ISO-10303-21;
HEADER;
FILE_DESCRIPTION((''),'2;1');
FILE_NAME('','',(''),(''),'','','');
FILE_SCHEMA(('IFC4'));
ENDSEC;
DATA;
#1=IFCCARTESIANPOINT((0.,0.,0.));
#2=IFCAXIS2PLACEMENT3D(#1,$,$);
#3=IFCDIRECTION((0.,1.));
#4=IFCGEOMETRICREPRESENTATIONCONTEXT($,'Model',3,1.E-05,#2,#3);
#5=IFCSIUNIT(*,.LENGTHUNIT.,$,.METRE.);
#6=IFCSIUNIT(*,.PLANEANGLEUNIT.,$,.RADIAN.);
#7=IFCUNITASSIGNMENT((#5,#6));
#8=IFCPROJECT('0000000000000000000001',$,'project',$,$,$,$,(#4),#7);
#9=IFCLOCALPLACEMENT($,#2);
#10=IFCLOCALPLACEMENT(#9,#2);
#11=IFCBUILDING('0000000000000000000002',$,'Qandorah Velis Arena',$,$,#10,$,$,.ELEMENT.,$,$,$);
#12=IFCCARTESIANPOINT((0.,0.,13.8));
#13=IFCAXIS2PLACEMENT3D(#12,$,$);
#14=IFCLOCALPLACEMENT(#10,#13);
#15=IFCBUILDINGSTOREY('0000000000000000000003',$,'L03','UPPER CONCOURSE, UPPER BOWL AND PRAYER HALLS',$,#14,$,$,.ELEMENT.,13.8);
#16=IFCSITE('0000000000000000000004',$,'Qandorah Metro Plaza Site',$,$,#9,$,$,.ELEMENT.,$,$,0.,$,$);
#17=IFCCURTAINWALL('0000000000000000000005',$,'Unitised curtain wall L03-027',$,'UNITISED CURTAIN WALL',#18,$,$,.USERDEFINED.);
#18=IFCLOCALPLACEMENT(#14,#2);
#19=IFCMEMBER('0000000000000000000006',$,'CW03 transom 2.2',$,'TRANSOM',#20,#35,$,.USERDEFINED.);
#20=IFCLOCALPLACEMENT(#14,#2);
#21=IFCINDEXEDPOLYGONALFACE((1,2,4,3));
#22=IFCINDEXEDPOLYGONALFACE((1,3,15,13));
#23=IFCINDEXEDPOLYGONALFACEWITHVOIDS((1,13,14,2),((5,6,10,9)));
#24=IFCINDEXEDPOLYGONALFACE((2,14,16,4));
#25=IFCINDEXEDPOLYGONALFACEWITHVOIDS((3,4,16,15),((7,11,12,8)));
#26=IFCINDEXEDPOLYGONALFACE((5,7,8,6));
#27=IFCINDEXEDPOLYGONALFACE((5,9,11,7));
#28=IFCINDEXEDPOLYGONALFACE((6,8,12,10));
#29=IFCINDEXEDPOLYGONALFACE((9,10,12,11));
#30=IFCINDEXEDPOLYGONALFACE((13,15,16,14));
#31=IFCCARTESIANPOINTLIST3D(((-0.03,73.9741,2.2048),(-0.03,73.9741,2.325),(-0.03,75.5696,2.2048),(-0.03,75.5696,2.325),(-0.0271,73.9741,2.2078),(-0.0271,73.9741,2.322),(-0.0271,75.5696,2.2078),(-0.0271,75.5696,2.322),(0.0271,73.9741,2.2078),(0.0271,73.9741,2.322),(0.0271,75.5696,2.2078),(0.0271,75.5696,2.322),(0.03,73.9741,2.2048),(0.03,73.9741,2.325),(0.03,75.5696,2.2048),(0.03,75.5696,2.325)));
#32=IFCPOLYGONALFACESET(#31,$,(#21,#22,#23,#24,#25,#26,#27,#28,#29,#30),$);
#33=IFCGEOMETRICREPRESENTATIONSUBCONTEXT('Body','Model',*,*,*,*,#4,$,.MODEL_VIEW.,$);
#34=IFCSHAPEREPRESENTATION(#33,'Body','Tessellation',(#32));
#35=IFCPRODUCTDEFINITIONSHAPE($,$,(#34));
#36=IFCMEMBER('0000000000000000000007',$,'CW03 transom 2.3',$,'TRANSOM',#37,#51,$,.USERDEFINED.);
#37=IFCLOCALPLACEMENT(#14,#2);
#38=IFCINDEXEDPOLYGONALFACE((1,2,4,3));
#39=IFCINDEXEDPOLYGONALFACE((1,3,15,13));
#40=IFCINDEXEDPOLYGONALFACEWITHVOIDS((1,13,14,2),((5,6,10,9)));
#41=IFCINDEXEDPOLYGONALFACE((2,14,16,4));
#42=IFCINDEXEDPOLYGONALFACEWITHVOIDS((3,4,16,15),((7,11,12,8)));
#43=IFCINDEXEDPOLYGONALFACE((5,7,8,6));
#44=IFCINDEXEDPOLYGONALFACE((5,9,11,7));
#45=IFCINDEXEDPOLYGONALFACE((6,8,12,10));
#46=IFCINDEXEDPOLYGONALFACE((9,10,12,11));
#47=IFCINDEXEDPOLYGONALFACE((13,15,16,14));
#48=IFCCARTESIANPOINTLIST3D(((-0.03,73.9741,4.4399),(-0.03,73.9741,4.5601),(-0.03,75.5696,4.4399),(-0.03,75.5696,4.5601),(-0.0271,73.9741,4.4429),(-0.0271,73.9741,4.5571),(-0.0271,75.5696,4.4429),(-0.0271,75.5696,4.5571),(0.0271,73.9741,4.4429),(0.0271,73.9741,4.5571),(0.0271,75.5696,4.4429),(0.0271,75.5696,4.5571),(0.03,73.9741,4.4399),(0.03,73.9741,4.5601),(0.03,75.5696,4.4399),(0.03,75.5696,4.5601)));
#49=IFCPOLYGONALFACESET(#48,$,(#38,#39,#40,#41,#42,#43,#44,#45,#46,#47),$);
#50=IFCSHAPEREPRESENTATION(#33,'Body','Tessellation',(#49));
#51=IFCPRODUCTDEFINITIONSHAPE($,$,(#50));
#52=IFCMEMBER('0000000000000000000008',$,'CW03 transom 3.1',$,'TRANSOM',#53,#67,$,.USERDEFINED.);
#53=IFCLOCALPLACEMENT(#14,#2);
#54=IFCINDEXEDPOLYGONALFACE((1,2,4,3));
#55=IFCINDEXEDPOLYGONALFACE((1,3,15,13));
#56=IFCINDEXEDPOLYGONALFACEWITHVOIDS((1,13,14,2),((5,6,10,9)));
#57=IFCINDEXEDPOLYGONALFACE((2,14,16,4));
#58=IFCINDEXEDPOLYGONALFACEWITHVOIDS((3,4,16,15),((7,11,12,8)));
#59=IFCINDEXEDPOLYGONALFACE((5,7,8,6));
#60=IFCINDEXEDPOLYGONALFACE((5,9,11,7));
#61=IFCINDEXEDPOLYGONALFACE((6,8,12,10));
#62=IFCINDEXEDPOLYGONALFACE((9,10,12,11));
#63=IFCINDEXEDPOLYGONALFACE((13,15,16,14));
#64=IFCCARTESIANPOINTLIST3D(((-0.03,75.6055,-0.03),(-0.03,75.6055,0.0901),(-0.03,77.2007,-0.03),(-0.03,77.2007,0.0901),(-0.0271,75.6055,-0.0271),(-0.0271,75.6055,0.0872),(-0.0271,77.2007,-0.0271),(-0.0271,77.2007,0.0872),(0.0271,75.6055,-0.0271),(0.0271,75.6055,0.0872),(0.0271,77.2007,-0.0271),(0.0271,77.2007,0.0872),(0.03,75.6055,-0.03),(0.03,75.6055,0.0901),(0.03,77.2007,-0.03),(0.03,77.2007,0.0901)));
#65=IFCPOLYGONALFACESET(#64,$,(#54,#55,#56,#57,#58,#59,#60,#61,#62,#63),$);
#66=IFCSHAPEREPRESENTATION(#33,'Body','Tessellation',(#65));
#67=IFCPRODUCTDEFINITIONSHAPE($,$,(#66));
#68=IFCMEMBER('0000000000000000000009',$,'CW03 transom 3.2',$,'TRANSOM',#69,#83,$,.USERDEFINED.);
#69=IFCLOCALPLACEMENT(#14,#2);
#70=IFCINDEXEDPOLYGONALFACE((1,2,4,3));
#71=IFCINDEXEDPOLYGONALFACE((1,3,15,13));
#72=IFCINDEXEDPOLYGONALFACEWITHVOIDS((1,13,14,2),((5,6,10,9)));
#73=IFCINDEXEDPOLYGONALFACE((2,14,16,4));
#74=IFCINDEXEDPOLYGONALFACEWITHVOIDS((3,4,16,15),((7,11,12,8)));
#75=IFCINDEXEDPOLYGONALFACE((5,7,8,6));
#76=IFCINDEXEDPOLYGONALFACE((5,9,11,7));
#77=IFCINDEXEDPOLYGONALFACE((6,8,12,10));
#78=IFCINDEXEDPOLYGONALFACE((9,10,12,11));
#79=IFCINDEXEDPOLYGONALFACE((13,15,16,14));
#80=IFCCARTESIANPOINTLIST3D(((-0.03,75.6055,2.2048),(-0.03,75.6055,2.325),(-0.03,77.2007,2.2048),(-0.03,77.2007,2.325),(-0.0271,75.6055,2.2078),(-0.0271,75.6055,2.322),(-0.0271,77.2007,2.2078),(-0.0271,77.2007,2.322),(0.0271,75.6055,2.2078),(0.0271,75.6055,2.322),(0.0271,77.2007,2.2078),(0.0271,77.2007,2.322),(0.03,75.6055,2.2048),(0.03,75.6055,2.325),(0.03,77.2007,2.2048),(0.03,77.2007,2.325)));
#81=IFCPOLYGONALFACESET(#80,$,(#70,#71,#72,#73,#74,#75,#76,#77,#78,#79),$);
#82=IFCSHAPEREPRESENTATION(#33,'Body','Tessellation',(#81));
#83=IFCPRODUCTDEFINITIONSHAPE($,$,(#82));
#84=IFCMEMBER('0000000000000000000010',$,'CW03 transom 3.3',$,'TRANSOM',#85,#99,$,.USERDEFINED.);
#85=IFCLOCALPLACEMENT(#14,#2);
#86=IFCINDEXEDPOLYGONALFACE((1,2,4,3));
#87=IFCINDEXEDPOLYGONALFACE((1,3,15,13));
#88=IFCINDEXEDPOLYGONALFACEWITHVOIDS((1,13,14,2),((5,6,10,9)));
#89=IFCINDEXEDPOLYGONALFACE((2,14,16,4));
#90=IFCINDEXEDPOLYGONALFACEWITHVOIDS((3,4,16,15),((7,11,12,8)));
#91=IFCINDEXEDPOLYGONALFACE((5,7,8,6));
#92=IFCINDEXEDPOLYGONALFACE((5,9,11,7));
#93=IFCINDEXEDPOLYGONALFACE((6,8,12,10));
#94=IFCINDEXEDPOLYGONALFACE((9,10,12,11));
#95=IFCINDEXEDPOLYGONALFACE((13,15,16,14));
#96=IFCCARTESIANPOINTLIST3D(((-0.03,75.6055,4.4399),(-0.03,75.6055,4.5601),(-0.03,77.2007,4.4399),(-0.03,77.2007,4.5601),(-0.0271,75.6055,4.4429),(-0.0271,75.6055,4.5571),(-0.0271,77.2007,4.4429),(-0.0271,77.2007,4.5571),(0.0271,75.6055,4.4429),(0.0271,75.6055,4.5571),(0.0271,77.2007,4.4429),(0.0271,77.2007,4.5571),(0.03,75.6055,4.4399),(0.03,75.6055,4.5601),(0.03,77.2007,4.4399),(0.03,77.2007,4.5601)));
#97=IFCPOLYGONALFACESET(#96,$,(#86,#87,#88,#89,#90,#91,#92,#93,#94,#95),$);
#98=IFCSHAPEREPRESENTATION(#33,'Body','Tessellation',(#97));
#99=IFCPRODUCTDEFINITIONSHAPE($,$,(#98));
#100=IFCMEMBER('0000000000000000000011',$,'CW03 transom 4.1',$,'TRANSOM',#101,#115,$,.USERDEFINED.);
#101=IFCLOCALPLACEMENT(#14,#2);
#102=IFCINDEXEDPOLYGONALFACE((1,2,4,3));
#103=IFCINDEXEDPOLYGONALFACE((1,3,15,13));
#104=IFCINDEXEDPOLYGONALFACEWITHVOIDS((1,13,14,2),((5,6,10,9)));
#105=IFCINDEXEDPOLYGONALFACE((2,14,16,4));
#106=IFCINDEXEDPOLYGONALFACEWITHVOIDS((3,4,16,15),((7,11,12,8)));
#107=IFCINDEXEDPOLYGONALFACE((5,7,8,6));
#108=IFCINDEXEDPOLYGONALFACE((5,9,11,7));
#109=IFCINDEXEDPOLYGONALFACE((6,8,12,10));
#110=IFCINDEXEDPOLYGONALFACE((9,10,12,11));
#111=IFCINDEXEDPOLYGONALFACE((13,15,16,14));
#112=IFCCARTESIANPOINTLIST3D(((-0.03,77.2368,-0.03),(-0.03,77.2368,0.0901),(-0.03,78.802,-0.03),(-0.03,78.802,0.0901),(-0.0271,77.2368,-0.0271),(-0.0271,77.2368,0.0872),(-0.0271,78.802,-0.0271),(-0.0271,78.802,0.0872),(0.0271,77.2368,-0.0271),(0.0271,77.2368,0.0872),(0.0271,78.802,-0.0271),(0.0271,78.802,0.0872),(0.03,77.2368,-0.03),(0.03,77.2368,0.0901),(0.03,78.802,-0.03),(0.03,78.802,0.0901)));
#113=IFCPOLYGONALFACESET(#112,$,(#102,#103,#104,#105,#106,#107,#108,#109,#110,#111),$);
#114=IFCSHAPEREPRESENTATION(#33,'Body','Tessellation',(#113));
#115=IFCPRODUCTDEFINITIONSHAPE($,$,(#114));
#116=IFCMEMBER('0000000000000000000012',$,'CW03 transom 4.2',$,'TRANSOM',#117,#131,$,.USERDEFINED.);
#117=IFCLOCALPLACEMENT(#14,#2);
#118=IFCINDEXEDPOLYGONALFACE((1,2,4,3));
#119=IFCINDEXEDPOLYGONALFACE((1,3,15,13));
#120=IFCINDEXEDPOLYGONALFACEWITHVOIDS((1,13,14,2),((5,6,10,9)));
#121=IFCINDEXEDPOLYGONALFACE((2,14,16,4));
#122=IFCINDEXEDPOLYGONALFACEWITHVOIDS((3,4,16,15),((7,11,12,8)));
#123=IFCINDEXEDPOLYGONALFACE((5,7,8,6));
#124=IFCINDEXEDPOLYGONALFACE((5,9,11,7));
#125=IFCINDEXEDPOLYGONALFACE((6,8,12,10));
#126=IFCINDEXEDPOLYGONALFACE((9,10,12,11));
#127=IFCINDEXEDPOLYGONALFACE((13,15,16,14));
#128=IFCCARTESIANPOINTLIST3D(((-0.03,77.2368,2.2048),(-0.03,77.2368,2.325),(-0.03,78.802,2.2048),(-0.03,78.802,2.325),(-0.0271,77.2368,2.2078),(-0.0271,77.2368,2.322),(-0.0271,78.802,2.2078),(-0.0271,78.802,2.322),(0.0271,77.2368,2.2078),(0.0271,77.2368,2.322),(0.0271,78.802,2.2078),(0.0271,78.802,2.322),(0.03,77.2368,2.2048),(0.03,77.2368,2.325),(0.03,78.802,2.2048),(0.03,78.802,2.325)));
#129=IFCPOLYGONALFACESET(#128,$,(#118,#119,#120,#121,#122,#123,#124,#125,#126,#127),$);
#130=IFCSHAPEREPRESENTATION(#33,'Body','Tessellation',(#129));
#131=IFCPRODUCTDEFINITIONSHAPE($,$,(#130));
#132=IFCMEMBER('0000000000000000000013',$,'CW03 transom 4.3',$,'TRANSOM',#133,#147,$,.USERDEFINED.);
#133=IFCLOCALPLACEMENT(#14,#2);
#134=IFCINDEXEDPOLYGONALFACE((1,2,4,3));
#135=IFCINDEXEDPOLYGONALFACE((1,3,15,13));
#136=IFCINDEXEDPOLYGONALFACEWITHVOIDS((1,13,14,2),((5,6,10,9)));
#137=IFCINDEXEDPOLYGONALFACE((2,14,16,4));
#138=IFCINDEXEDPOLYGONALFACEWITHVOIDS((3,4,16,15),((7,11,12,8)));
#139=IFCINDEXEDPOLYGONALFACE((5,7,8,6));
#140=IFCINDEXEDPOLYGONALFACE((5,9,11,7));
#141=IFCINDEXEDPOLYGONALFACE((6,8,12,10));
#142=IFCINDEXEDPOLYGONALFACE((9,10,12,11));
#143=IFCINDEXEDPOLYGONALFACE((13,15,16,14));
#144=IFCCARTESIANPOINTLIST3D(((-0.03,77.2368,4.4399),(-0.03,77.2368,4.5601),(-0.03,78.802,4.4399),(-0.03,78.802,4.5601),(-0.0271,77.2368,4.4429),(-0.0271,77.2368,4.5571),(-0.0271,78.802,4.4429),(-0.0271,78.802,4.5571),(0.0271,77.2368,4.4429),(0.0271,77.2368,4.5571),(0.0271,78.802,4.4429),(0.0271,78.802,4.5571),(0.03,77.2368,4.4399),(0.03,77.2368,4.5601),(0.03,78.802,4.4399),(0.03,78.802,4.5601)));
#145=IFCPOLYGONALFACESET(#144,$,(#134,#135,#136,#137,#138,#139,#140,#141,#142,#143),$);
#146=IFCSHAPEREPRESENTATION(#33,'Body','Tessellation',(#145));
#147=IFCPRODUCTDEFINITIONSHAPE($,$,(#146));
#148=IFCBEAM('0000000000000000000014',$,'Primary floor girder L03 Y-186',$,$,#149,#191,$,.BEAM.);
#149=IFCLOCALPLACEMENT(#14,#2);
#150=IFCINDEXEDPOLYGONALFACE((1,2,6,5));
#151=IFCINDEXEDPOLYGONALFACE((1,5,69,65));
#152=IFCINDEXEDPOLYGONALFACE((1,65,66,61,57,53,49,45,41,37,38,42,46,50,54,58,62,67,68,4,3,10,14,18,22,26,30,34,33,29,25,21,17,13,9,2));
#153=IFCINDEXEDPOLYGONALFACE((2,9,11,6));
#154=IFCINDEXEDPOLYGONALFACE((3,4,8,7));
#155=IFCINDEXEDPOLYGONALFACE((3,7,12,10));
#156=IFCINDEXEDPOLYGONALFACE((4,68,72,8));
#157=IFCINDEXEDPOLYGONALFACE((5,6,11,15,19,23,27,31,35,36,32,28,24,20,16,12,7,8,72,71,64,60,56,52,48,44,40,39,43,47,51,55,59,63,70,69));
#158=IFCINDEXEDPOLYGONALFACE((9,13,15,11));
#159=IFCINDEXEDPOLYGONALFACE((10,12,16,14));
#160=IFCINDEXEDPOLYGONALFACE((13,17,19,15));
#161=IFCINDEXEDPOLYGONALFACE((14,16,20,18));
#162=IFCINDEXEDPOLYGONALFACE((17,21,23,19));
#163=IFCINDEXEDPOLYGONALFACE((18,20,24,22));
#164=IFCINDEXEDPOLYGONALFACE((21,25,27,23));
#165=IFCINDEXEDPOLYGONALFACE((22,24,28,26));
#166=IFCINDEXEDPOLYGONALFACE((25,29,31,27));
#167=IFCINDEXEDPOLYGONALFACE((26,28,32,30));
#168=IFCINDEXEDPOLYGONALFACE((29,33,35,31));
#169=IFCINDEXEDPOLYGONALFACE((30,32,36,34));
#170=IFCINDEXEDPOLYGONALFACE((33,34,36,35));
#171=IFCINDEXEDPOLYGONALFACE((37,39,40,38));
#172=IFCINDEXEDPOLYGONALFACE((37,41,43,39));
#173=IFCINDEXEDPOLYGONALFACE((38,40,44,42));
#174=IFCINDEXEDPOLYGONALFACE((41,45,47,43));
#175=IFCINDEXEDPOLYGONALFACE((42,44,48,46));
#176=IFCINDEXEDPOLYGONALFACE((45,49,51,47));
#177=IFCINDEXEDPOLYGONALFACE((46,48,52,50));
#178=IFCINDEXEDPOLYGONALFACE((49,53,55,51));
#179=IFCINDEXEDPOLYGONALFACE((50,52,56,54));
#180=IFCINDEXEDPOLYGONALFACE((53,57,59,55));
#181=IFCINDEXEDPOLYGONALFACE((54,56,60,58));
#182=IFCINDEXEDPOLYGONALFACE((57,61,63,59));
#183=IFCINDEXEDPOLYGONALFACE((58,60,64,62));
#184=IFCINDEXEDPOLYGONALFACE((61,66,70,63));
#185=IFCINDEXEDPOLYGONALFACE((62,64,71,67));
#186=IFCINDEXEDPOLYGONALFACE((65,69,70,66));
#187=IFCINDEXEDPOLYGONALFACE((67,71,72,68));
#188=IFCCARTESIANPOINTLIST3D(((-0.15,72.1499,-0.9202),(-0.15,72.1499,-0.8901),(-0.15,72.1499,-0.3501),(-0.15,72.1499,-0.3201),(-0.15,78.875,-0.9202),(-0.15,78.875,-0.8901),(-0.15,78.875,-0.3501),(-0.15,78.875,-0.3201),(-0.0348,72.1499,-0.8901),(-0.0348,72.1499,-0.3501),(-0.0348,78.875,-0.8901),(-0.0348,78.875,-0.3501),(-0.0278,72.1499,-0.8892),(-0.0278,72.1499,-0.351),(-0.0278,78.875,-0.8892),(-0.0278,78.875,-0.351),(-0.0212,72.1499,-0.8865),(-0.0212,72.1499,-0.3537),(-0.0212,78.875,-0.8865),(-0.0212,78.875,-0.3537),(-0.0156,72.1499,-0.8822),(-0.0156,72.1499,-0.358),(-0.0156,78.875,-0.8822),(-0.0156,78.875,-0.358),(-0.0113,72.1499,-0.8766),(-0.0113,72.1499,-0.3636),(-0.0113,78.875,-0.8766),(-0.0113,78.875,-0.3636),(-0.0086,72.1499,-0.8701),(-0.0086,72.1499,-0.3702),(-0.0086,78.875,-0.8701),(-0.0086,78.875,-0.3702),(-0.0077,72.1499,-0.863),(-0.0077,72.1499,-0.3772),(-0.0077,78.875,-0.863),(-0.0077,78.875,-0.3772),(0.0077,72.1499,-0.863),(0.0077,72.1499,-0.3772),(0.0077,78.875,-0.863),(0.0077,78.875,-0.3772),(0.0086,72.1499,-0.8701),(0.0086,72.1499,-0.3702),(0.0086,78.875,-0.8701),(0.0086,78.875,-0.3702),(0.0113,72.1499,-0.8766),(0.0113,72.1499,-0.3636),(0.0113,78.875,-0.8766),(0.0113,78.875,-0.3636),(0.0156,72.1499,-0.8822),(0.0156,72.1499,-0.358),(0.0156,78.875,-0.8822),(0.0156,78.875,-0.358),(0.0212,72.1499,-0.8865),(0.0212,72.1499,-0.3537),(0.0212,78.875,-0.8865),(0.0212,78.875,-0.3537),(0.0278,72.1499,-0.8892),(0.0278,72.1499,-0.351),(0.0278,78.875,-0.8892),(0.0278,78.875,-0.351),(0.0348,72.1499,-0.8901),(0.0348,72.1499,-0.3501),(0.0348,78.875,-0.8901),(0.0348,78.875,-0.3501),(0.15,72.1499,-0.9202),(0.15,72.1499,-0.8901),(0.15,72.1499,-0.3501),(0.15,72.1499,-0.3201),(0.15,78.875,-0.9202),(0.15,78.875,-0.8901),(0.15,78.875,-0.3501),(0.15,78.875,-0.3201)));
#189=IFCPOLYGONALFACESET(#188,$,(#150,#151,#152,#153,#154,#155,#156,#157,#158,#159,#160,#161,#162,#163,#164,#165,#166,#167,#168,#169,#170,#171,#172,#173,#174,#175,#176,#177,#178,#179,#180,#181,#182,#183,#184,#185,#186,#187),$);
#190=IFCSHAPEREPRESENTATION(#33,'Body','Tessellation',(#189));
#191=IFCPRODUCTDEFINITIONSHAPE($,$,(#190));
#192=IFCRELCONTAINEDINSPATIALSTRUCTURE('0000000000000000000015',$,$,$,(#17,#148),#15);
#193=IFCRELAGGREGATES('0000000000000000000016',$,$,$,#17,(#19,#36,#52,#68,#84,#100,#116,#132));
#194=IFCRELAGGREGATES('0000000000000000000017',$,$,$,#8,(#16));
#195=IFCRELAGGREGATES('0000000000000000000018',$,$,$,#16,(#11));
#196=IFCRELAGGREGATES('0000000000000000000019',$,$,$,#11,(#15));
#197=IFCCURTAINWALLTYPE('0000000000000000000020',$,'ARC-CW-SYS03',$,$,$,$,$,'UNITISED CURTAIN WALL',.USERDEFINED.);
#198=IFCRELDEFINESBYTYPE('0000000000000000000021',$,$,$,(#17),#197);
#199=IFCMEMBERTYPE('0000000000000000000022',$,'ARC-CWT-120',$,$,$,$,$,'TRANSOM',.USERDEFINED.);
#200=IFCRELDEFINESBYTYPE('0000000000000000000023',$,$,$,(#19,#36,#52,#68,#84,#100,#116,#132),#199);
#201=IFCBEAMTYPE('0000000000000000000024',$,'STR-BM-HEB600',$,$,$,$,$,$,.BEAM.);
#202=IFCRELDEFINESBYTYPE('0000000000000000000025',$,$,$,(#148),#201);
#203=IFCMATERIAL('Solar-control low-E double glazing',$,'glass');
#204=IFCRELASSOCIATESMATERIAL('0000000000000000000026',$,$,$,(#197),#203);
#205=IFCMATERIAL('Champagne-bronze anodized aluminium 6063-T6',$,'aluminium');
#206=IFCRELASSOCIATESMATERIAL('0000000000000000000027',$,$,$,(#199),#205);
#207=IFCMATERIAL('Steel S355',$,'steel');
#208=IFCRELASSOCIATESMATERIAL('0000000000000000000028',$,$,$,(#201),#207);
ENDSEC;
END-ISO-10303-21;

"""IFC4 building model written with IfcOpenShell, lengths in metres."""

from ifc_helpers import new_model, si_unit, direction, frame, origin, origin_2d, place, context, subcontext, project, spatial, hollow_rectangle, i_section, extrude, material, material_profile, profile_set, type_object, element, aggregate, save


model = new_model("IFC4")

# Units and contexts
model_context = context("Model", 3, precision=1e-05, world=origin(), true_north=direction((0.0, 1.0)))
body_context = subcontext(model_context, "Body", "Model", "MODEL_VIEW")
ifc_project = project(units=[si_unit("LENGTHUNIT", "METRE"), si_unit("PLANEANGLEUNIT", "RADIAN")], contexts=[model_context])

# Site, building, storey
site_placement = place(None, origin())
site = spatial("IfcSite", under=ifc_project, at=site_placement, Name="Qandorah Metro Plaza Site", CompositionType="ELEMENT", RefElevation=0.0)
building_placement = place(site_placement, origin())
building = spatial("IfcBuilding", under=site, at=building_placement, Name="Qandorah Velis Arena", CompositionType="ELEMENT")
storey_placement = place(building_placement, frame((0.0, 0.0, 13.8)))
storey = spatial("IfcBuildingStorey", under=building, at=storey_placement, Name="L03", Description="UPPER CONCOURSE, UPPER BOWL AND PRAYER HALLS", CompositionType="ELEMENT", Elevation=13.8)

# Curtain wall, members
ifc_material_1 = material(Name="Solar-control low-E double glazing", Category="glass")
curtain_wall_type = type_object("IfcCurtainWallType", Name="ARC-CW-SYS03", ElementType="UNITISED CURTAIN WALL", PredefinedType="USERDEFINED", material=ifc_material_1)
curtain_wall_placement = place(storey_placement, origin())
curtain_wall = element("IfcCurtainWall", 1, at=curtain_wall_placement, inside=storey, type_object=curtain_wall_type, Name="Unitised curtain wall L03-027", ObjectType="UNITISED CURTAIN WALL", PredefinedType="USERDEFINED")
ifc_material_2 = material(Name="Champagne-bronze anodized aluminium 6063-T6", Category="aluminium")
ifc_material_profile_1 = material_profile(ifc_material_2, hollow_rectangle(XDim=0.0601, YDim=0.1201, WallThickness=0.0029, at=origin_2d()), Name="ALU TRANSOM 60x120")
ifc_profile_set_1 = profile_set([ifc_material_profile_1], Name="Champagne-bronze anodized aluminium 6063-T6")
member_type_1 = type_object("IfcMemberType", Name="ARC-CWT-120", ElementType="TRANSOM", PredefinedType="USERDEFINED", material=ifc_profile_set_1)
member_1_placement = place(storey_placement, frame((0.0, 73.9741, 2.2649), z_axis=(0.0, 1.0, 0.0), x_axis=(-1.0, 0.0, 0.0)))
member_1 = element("IfcMember", 2, at=member_1_placement, type_object=member_type_1, Name="CW03 transom 2.2", ObjectType="TRANSOM", PredefinedType="USERDEFINED", context=body_context, shape_type="SweptSolid", body=[
    extrude(hollow_rectangle(XDim=0.0601, YDim=0.1201, WallThickness=0.0029, at=origin_2d()), origin(), (0.0, 0.0, 1.0), 1.5955),
])
member_2_placement = place(storey_placement, frame((0.0, 73.9741, 4.5), z_axis=(0.0, 1.0, 0.0), x_axis=(-1.0, 0.0, 0.0)))
member_2 = element("IfcMember", 3, at=member_2_placement, type_object=member_type_1, Name="CW03 transom 2.3", ObjectType="TRANSOM", PredefinedType="USERDEFINED", context=body_context, shape_type="SweptSolid", body=[
    extrude(hollow_rectangle(XDim=0.0601, YDim=0.1201, WallThickness=0.0029, at=origin_2d()), origin(), (0.0, 0.0, 1.0), 1.5955),
])
member_3_placement = place(storey_placement, frame((0.0, 75.6055, 0.03), z_axis=(0.0, 1.0, 0.0), x_axis=(-1.0, 0.0, 0.0)))
member_3 = element("IfcMember", 4, at=member_3_placement, type_object=member_type_1, Name="CW03 transom 3.1", ObjectType="TRANSOM", PredefinedType="USERDEFINED", context=body_context, shape_type="SweptSolid", body=[
    extrude(hollow_rectangle(XDim=0.0601, YDim=0.1201, WallThickness=0.0029, at=origin_2d()), origin(), (0.0, 0.0, 1.0), 1.5952),
])
member_4_placement = place(storey_placement, frame((0.0, 75.6055, 2.2649), z_axis=(0.0, 1.0, 0.0), x_axis=(-1.0, 0.0, 0.0)))
member_4 = element("IfcMember", 5, at=member_4_placement, type_object=member_type_1, Name="CW03 transom 3.2", ObjectType="TRANSOM", PredefinedType="USERDEFINED", context=body_context, shape_type="SweptSolid", body=[
    extrude(hollow_rectangle(XDim=0.0601, YDim=0.1201, WallThickness=0.0029, at=origin_2d()), origin(), (0.0, 0.0, 1.0), 1.5952),
])
member_5_placement = place(storey_placement, frame((0.0, 75.6055, 4.5), z_axis=(0.0, 1.0, 0.0), x_axis=(-1.0, 0.0, 0.0)))
member_5 = element("IfcMember", 6, at=member_5_placement, type_object=member_type_1, Name="CW03 transom 3.3", ObjectType="TRANSOM", PredefinedType="USERDEFINED", context=body_context, shape_type="SweptSolid", body=[
    extrude(hollow_rectangle(XDim=0.0601, YDim=0.1201, WallThickness=0.0029, at=origin_2d()), origin(), (0.0, 0.0, 1.0), 1.5952),
])
member_6_placement = place(storey_placement, frame((0.0, 77.2368, 0.03), z_axis=(0.0, 1.0, 0.0), x_axis=(-1.0, 0.0, 0.0)))
member_6 = element("IfcMember", 7, at=member_6_placement, type_object=member_type_1, Name="CW03 transom 4.1", ObjectType="TRANSOM", PredefinedType="USERDEFINED", context=body_context, shape_type="SweptSolid", body=[
    extrude(hollow_rectangle(XDim=0.0601, YDim=0.1201, WallThickness=0.0029, at=origin_2d()), origin(), (0.0, 0.0, 1.0), 1.5652),
])
member_7_placement = place(storey_placement, frame((0.0, 77.2368, 2.2649), z_axis=(0.0, 1.0, 0.0), x_axis=(-1.0, 0.0, 0.0)))
member_7 = element("IfcMember", 8, at=member_7_placement, type_object=member_type_1, Name="CW03 transom 4.2", ObjectType="TRANSOM", PredefinedType="USERDEFINED", context=body_context, shape_type="SweptSolid", body=[
    extrude(hollow_rectangle(XDim=0.0601, YDim=0.1201, WallThickness=0.0029, at=origin_2d()), origin(), (0.0, 0.0, 1.0), 1.5652),
])
member_8_placement = place(storey_placement, frame((0.0, 77.2368, 4.5), z_axis=(0.0, 1.0, 0.0), x_axis=(-1.0, 0.0, 0.0)))
member_8 = element("IfcMember", 9, at=member_8_placement, type_object=member_type_1, Name="CW03 transom 4.3", ObjectType="TRANSOM", PredefinedType="USERDEFINED", context=body_context, shape_type="SweptSolid", body=[
    extrude(hollow_rectangle(XDim=0.0601, YDim=0.1201, WallThickness=0.0029, at=origin_2d()), origin(), (0.0, 0.0, 1.0), 1.5652),
])

# Beam
ifc_material_3 = material(Name="Steel S355", Category="steel")
ifc_material_profile_2 = material_profile(ifc_material_3, i_section(OverallWidth=0.3, OverallDepth=0.6001, WebThickness=0.0154, FlangeThickness=0.03, FilletRadius=0.0271, at=origin_2d()), Name="HEB 600")
ifc_profile_set_2 = profile_set([ifc_material_profile_2], Name="Steel S355")
beam_type_1 = type_object("IfcBeamType", Name="STR-BM-HEB600", PredefinedType="BEAM", material=ifc_profile_set_2)
for number, where, z_axis, x_axis, name in (
    (10, (0.0, 72.1499, -0.6201), (0.0, 1.0, 0.0), (-1.0, 0.0, 0.0), "Primary floor girder L03 Y-186"),
):
    element("IfcBeam", number, at=place(storey_placement, frame(where, z_axis=z_axis, x_axis=x_axis)), inside=storey, type_object=beam_type_1, Name=name, PredefinedType="BEAM", context=body_context, shape_type="SweptSolid", body=[
        extrude(i_section(OverallWidth=0.3, OverallDepth=0.6001, WebThickness=0.0154, FlangeThickness=0.03, FilletRadius=0.0271, at=origin_2d()), origin(), (0.0, 0.0, 1.0), 6.7251),
    ])

aggregate(curtain_wall, [member_1, member_2, member_3, member_4, member_5, member_6, member_7, member_8])

save(model, "model.ifc")
